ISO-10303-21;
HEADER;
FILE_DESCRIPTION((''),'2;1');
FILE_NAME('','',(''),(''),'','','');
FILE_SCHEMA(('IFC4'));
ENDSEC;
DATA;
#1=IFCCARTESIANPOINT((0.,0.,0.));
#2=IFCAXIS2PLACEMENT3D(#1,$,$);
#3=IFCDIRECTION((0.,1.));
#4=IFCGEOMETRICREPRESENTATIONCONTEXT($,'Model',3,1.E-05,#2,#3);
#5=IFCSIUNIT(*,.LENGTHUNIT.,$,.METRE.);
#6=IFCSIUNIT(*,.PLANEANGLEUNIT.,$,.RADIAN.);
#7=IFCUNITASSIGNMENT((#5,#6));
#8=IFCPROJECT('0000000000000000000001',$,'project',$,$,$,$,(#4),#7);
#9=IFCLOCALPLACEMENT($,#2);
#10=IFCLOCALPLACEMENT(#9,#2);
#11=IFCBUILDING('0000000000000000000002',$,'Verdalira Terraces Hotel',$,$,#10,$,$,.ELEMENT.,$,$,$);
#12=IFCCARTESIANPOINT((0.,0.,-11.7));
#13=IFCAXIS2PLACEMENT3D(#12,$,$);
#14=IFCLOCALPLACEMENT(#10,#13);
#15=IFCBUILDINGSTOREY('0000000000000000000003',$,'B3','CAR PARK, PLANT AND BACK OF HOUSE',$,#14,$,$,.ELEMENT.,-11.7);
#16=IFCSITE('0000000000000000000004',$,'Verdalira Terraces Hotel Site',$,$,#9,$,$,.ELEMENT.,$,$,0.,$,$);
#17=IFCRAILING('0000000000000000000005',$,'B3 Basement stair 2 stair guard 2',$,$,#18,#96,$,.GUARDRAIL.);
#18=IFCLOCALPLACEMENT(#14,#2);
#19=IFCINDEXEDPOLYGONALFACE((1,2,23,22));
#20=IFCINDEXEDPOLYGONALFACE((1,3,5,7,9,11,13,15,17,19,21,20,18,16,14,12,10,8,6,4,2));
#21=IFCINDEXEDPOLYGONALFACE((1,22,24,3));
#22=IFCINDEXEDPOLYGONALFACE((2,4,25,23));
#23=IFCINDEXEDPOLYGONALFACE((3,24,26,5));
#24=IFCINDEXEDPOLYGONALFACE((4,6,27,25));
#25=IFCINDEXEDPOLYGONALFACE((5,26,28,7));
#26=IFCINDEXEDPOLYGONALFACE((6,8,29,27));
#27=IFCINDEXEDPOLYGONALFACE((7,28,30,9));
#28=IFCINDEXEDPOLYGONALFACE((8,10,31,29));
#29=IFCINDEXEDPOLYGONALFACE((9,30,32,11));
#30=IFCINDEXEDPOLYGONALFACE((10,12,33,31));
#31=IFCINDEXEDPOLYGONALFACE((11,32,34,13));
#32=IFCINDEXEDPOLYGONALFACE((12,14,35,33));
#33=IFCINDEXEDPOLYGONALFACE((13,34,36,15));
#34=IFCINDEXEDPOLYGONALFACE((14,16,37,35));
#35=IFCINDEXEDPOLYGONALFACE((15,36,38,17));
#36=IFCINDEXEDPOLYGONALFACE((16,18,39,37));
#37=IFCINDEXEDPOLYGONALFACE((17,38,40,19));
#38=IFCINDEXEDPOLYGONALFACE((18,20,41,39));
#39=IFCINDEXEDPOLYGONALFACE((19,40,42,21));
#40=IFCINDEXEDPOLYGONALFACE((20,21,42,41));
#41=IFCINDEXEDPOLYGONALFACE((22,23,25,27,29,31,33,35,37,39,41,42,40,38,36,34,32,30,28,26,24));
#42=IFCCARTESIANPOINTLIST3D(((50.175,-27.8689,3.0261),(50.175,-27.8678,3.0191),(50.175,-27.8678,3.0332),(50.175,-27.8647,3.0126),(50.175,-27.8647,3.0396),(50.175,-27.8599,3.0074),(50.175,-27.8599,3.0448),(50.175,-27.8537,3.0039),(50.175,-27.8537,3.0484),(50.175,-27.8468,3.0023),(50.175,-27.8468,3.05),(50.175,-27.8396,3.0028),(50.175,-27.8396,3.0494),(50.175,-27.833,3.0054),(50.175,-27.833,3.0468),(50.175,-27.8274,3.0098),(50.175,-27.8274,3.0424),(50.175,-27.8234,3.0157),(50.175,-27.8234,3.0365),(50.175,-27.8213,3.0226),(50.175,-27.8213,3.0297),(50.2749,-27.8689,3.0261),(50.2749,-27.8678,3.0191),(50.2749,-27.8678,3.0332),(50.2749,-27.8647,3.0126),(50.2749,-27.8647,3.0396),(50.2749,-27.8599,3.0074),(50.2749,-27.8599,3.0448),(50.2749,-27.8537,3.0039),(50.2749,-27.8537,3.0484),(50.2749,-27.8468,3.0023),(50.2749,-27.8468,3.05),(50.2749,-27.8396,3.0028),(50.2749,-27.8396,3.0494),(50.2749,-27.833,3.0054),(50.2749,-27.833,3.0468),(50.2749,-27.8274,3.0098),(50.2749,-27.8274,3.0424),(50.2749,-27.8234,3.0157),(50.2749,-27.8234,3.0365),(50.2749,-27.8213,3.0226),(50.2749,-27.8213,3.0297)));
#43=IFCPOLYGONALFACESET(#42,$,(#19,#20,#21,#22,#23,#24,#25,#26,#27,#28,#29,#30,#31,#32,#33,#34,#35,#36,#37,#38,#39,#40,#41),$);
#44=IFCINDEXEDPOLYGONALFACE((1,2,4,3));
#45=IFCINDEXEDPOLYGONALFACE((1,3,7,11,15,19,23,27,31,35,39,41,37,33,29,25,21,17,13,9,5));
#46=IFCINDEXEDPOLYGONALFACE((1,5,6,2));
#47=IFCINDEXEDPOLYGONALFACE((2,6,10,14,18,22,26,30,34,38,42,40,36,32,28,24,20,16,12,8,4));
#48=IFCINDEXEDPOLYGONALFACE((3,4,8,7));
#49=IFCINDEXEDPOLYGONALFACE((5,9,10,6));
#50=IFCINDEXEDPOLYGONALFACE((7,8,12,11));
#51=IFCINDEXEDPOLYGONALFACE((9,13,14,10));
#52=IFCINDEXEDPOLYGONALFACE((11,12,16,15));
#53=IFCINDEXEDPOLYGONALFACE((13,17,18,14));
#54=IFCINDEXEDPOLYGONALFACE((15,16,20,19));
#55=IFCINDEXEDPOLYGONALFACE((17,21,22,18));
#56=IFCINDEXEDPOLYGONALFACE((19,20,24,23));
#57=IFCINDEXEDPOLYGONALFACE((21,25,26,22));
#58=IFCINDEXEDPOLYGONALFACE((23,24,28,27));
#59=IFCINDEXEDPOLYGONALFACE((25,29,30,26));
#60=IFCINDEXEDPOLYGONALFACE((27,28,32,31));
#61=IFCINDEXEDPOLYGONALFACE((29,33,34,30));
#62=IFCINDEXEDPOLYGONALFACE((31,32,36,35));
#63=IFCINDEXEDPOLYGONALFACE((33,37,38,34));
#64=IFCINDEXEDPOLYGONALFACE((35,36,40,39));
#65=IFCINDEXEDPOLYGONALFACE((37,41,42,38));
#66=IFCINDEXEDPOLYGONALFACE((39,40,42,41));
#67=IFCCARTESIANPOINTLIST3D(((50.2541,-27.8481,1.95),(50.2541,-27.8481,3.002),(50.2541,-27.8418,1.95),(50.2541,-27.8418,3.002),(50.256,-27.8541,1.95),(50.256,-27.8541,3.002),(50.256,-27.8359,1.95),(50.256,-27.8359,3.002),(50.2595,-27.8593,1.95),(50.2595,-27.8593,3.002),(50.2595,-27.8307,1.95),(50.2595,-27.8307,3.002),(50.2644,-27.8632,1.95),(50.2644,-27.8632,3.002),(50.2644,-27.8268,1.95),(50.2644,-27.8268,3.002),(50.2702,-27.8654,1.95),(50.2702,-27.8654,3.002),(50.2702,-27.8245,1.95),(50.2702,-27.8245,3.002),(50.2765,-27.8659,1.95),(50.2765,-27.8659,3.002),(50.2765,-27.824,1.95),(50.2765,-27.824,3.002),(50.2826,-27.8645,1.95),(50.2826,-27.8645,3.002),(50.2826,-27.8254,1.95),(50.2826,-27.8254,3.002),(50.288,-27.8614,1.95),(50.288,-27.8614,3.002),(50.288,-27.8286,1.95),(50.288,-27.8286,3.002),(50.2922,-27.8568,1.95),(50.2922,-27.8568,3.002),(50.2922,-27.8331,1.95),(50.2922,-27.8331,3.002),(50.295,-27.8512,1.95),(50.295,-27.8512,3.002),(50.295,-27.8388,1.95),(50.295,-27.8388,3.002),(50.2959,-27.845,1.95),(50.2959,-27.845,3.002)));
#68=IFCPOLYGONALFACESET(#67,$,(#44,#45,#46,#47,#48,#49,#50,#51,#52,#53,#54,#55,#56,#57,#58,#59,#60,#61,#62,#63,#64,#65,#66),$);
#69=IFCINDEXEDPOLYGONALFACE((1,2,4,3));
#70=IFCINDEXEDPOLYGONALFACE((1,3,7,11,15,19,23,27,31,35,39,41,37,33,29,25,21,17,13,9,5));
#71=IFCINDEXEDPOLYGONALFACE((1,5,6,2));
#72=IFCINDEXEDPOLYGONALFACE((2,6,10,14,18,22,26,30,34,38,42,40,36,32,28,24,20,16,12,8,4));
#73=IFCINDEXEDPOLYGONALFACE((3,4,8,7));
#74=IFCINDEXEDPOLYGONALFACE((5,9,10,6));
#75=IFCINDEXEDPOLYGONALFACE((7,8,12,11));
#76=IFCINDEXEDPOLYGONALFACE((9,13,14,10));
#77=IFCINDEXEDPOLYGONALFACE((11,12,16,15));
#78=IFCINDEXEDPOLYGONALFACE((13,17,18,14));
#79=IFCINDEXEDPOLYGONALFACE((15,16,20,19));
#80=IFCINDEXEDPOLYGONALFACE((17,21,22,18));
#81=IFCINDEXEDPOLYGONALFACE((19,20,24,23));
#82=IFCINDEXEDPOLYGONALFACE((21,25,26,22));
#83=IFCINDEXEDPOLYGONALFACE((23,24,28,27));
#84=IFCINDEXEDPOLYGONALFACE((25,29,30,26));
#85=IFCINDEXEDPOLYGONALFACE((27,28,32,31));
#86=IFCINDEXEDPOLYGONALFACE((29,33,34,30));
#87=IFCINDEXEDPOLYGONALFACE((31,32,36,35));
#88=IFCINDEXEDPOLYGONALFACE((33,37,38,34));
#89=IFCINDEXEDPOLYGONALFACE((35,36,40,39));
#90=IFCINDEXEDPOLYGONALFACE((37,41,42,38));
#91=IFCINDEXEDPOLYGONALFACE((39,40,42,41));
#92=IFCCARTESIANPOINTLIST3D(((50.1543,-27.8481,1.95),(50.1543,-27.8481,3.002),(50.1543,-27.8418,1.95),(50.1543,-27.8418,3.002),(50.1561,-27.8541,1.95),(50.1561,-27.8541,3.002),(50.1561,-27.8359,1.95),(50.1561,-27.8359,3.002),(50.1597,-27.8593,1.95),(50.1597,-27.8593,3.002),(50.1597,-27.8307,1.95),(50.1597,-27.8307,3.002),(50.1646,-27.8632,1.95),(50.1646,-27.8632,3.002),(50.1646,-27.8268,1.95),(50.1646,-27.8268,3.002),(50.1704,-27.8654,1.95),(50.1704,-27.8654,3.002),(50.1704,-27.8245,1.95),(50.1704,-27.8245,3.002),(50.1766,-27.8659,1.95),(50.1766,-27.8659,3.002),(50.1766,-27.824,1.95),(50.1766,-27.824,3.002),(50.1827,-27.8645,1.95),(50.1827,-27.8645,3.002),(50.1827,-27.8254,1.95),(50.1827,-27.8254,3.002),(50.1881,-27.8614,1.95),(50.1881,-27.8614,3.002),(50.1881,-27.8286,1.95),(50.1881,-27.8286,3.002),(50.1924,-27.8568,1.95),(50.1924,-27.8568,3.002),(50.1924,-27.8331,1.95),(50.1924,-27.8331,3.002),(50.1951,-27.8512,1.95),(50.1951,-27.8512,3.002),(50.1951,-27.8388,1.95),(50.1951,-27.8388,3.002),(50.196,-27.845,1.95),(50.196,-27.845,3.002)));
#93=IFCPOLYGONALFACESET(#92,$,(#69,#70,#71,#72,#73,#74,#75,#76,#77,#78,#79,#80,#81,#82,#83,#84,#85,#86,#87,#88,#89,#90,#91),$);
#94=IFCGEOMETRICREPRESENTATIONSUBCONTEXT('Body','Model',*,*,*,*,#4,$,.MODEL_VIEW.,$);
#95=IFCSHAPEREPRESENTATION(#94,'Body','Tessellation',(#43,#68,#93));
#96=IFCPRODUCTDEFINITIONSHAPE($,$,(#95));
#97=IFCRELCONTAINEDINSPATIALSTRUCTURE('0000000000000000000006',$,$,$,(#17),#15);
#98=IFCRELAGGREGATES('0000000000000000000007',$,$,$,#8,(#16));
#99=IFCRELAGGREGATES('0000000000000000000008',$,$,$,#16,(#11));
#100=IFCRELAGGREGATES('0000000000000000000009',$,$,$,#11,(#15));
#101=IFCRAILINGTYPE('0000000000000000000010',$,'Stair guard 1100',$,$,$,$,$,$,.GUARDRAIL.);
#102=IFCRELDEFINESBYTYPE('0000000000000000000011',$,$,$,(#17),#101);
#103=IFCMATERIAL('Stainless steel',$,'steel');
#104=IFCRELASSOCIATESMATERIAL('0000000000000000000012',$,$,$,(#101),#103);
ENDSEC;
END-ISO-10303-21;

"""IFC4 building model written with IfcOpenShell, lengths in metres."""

from ifc_helpers import new_model, si_unit, direction, frame, origin, origin_2d, place, context, subcontext, project, spatial, circle, extrude, material, type_object, element, save


model = new_model("IFC4")

# Units and contexts
model_context = context("Model", 3, precision=1e-05, world=origin(), true_north=direction((0.0, 1.0)))
body_context = subcontext(model_context, "Body", "Model", "MODEL_VIEW")
ifc_project = project(units=[si_unit("LENGTHUNIT", "METRE"), si_unit("PLANEANGLEUNIT", "RADIAN")], contexts=[model_context])

# Site, building, storey
site_placement = place(None, origin())
site = spatial("IfcSite", under=ifc_project, at=site_placement, Name="Verdalira Terraces Hotel Site", CompositionType="ELEMENT", RefElevation=0.0)
building_placement = place(site_placement, origin())
building = spatial("IfcBuilding", under=site, at=building_placement, Name="Verdalira Terraces Hotel", CompositionType="ELEMENT")
storey_placement = place(building_placement, frame((0.0, 0.0, -11.7)))
storey = spatial("IfcBuildingStorey", under=building, at=storey_placement, Name="B3", Description="CAR PARK, PLANT AND BACK OF HOUSE", CompositionType="ELEMENT", Elevation=-11.7)

# Railing
ifc_material_1 = material(Name="Stainless steel", Category="steel")
railing_type_1 = type_object("IfcRailingType", Name="Stair guard 1100", PredefinedType="GUARDRAIL", material=ifc_material_1)
railing_1_placement = place(storey_placement, frame((50.2749, -27.845, 1.95)))
element("IfcRailing", 1, at=railing_1_placement, inside=storey, type_object=railing_type_1, Name="B3 Basement stair 2 stair guard 2", PredefinedType="GUARDRAIL", context=body_context, shape_type="SweptSolid", body=[
    extrude(circle(Radius=0.0239, at=origin_2d()), frame((0.0, 0.0, 1.0762), z_axis=(-1.0, 0.0, 0.0), x_axis=(0.0, -1.0, 0.0)), (0.0, 0.0, 1.0), 0.0999),
    extrude(circle(Radius=0.021, at=origin_2d()), origin(), (0.0, 0.0, 1.0), 1.052),
    extrude(circle(Radius=0.021, at=origin_2d()), frame((-0.0999, 0.0, 0.0)), (0.0, 0.0, 1.0), 1.052),
])

save(model, "model.ifc")
